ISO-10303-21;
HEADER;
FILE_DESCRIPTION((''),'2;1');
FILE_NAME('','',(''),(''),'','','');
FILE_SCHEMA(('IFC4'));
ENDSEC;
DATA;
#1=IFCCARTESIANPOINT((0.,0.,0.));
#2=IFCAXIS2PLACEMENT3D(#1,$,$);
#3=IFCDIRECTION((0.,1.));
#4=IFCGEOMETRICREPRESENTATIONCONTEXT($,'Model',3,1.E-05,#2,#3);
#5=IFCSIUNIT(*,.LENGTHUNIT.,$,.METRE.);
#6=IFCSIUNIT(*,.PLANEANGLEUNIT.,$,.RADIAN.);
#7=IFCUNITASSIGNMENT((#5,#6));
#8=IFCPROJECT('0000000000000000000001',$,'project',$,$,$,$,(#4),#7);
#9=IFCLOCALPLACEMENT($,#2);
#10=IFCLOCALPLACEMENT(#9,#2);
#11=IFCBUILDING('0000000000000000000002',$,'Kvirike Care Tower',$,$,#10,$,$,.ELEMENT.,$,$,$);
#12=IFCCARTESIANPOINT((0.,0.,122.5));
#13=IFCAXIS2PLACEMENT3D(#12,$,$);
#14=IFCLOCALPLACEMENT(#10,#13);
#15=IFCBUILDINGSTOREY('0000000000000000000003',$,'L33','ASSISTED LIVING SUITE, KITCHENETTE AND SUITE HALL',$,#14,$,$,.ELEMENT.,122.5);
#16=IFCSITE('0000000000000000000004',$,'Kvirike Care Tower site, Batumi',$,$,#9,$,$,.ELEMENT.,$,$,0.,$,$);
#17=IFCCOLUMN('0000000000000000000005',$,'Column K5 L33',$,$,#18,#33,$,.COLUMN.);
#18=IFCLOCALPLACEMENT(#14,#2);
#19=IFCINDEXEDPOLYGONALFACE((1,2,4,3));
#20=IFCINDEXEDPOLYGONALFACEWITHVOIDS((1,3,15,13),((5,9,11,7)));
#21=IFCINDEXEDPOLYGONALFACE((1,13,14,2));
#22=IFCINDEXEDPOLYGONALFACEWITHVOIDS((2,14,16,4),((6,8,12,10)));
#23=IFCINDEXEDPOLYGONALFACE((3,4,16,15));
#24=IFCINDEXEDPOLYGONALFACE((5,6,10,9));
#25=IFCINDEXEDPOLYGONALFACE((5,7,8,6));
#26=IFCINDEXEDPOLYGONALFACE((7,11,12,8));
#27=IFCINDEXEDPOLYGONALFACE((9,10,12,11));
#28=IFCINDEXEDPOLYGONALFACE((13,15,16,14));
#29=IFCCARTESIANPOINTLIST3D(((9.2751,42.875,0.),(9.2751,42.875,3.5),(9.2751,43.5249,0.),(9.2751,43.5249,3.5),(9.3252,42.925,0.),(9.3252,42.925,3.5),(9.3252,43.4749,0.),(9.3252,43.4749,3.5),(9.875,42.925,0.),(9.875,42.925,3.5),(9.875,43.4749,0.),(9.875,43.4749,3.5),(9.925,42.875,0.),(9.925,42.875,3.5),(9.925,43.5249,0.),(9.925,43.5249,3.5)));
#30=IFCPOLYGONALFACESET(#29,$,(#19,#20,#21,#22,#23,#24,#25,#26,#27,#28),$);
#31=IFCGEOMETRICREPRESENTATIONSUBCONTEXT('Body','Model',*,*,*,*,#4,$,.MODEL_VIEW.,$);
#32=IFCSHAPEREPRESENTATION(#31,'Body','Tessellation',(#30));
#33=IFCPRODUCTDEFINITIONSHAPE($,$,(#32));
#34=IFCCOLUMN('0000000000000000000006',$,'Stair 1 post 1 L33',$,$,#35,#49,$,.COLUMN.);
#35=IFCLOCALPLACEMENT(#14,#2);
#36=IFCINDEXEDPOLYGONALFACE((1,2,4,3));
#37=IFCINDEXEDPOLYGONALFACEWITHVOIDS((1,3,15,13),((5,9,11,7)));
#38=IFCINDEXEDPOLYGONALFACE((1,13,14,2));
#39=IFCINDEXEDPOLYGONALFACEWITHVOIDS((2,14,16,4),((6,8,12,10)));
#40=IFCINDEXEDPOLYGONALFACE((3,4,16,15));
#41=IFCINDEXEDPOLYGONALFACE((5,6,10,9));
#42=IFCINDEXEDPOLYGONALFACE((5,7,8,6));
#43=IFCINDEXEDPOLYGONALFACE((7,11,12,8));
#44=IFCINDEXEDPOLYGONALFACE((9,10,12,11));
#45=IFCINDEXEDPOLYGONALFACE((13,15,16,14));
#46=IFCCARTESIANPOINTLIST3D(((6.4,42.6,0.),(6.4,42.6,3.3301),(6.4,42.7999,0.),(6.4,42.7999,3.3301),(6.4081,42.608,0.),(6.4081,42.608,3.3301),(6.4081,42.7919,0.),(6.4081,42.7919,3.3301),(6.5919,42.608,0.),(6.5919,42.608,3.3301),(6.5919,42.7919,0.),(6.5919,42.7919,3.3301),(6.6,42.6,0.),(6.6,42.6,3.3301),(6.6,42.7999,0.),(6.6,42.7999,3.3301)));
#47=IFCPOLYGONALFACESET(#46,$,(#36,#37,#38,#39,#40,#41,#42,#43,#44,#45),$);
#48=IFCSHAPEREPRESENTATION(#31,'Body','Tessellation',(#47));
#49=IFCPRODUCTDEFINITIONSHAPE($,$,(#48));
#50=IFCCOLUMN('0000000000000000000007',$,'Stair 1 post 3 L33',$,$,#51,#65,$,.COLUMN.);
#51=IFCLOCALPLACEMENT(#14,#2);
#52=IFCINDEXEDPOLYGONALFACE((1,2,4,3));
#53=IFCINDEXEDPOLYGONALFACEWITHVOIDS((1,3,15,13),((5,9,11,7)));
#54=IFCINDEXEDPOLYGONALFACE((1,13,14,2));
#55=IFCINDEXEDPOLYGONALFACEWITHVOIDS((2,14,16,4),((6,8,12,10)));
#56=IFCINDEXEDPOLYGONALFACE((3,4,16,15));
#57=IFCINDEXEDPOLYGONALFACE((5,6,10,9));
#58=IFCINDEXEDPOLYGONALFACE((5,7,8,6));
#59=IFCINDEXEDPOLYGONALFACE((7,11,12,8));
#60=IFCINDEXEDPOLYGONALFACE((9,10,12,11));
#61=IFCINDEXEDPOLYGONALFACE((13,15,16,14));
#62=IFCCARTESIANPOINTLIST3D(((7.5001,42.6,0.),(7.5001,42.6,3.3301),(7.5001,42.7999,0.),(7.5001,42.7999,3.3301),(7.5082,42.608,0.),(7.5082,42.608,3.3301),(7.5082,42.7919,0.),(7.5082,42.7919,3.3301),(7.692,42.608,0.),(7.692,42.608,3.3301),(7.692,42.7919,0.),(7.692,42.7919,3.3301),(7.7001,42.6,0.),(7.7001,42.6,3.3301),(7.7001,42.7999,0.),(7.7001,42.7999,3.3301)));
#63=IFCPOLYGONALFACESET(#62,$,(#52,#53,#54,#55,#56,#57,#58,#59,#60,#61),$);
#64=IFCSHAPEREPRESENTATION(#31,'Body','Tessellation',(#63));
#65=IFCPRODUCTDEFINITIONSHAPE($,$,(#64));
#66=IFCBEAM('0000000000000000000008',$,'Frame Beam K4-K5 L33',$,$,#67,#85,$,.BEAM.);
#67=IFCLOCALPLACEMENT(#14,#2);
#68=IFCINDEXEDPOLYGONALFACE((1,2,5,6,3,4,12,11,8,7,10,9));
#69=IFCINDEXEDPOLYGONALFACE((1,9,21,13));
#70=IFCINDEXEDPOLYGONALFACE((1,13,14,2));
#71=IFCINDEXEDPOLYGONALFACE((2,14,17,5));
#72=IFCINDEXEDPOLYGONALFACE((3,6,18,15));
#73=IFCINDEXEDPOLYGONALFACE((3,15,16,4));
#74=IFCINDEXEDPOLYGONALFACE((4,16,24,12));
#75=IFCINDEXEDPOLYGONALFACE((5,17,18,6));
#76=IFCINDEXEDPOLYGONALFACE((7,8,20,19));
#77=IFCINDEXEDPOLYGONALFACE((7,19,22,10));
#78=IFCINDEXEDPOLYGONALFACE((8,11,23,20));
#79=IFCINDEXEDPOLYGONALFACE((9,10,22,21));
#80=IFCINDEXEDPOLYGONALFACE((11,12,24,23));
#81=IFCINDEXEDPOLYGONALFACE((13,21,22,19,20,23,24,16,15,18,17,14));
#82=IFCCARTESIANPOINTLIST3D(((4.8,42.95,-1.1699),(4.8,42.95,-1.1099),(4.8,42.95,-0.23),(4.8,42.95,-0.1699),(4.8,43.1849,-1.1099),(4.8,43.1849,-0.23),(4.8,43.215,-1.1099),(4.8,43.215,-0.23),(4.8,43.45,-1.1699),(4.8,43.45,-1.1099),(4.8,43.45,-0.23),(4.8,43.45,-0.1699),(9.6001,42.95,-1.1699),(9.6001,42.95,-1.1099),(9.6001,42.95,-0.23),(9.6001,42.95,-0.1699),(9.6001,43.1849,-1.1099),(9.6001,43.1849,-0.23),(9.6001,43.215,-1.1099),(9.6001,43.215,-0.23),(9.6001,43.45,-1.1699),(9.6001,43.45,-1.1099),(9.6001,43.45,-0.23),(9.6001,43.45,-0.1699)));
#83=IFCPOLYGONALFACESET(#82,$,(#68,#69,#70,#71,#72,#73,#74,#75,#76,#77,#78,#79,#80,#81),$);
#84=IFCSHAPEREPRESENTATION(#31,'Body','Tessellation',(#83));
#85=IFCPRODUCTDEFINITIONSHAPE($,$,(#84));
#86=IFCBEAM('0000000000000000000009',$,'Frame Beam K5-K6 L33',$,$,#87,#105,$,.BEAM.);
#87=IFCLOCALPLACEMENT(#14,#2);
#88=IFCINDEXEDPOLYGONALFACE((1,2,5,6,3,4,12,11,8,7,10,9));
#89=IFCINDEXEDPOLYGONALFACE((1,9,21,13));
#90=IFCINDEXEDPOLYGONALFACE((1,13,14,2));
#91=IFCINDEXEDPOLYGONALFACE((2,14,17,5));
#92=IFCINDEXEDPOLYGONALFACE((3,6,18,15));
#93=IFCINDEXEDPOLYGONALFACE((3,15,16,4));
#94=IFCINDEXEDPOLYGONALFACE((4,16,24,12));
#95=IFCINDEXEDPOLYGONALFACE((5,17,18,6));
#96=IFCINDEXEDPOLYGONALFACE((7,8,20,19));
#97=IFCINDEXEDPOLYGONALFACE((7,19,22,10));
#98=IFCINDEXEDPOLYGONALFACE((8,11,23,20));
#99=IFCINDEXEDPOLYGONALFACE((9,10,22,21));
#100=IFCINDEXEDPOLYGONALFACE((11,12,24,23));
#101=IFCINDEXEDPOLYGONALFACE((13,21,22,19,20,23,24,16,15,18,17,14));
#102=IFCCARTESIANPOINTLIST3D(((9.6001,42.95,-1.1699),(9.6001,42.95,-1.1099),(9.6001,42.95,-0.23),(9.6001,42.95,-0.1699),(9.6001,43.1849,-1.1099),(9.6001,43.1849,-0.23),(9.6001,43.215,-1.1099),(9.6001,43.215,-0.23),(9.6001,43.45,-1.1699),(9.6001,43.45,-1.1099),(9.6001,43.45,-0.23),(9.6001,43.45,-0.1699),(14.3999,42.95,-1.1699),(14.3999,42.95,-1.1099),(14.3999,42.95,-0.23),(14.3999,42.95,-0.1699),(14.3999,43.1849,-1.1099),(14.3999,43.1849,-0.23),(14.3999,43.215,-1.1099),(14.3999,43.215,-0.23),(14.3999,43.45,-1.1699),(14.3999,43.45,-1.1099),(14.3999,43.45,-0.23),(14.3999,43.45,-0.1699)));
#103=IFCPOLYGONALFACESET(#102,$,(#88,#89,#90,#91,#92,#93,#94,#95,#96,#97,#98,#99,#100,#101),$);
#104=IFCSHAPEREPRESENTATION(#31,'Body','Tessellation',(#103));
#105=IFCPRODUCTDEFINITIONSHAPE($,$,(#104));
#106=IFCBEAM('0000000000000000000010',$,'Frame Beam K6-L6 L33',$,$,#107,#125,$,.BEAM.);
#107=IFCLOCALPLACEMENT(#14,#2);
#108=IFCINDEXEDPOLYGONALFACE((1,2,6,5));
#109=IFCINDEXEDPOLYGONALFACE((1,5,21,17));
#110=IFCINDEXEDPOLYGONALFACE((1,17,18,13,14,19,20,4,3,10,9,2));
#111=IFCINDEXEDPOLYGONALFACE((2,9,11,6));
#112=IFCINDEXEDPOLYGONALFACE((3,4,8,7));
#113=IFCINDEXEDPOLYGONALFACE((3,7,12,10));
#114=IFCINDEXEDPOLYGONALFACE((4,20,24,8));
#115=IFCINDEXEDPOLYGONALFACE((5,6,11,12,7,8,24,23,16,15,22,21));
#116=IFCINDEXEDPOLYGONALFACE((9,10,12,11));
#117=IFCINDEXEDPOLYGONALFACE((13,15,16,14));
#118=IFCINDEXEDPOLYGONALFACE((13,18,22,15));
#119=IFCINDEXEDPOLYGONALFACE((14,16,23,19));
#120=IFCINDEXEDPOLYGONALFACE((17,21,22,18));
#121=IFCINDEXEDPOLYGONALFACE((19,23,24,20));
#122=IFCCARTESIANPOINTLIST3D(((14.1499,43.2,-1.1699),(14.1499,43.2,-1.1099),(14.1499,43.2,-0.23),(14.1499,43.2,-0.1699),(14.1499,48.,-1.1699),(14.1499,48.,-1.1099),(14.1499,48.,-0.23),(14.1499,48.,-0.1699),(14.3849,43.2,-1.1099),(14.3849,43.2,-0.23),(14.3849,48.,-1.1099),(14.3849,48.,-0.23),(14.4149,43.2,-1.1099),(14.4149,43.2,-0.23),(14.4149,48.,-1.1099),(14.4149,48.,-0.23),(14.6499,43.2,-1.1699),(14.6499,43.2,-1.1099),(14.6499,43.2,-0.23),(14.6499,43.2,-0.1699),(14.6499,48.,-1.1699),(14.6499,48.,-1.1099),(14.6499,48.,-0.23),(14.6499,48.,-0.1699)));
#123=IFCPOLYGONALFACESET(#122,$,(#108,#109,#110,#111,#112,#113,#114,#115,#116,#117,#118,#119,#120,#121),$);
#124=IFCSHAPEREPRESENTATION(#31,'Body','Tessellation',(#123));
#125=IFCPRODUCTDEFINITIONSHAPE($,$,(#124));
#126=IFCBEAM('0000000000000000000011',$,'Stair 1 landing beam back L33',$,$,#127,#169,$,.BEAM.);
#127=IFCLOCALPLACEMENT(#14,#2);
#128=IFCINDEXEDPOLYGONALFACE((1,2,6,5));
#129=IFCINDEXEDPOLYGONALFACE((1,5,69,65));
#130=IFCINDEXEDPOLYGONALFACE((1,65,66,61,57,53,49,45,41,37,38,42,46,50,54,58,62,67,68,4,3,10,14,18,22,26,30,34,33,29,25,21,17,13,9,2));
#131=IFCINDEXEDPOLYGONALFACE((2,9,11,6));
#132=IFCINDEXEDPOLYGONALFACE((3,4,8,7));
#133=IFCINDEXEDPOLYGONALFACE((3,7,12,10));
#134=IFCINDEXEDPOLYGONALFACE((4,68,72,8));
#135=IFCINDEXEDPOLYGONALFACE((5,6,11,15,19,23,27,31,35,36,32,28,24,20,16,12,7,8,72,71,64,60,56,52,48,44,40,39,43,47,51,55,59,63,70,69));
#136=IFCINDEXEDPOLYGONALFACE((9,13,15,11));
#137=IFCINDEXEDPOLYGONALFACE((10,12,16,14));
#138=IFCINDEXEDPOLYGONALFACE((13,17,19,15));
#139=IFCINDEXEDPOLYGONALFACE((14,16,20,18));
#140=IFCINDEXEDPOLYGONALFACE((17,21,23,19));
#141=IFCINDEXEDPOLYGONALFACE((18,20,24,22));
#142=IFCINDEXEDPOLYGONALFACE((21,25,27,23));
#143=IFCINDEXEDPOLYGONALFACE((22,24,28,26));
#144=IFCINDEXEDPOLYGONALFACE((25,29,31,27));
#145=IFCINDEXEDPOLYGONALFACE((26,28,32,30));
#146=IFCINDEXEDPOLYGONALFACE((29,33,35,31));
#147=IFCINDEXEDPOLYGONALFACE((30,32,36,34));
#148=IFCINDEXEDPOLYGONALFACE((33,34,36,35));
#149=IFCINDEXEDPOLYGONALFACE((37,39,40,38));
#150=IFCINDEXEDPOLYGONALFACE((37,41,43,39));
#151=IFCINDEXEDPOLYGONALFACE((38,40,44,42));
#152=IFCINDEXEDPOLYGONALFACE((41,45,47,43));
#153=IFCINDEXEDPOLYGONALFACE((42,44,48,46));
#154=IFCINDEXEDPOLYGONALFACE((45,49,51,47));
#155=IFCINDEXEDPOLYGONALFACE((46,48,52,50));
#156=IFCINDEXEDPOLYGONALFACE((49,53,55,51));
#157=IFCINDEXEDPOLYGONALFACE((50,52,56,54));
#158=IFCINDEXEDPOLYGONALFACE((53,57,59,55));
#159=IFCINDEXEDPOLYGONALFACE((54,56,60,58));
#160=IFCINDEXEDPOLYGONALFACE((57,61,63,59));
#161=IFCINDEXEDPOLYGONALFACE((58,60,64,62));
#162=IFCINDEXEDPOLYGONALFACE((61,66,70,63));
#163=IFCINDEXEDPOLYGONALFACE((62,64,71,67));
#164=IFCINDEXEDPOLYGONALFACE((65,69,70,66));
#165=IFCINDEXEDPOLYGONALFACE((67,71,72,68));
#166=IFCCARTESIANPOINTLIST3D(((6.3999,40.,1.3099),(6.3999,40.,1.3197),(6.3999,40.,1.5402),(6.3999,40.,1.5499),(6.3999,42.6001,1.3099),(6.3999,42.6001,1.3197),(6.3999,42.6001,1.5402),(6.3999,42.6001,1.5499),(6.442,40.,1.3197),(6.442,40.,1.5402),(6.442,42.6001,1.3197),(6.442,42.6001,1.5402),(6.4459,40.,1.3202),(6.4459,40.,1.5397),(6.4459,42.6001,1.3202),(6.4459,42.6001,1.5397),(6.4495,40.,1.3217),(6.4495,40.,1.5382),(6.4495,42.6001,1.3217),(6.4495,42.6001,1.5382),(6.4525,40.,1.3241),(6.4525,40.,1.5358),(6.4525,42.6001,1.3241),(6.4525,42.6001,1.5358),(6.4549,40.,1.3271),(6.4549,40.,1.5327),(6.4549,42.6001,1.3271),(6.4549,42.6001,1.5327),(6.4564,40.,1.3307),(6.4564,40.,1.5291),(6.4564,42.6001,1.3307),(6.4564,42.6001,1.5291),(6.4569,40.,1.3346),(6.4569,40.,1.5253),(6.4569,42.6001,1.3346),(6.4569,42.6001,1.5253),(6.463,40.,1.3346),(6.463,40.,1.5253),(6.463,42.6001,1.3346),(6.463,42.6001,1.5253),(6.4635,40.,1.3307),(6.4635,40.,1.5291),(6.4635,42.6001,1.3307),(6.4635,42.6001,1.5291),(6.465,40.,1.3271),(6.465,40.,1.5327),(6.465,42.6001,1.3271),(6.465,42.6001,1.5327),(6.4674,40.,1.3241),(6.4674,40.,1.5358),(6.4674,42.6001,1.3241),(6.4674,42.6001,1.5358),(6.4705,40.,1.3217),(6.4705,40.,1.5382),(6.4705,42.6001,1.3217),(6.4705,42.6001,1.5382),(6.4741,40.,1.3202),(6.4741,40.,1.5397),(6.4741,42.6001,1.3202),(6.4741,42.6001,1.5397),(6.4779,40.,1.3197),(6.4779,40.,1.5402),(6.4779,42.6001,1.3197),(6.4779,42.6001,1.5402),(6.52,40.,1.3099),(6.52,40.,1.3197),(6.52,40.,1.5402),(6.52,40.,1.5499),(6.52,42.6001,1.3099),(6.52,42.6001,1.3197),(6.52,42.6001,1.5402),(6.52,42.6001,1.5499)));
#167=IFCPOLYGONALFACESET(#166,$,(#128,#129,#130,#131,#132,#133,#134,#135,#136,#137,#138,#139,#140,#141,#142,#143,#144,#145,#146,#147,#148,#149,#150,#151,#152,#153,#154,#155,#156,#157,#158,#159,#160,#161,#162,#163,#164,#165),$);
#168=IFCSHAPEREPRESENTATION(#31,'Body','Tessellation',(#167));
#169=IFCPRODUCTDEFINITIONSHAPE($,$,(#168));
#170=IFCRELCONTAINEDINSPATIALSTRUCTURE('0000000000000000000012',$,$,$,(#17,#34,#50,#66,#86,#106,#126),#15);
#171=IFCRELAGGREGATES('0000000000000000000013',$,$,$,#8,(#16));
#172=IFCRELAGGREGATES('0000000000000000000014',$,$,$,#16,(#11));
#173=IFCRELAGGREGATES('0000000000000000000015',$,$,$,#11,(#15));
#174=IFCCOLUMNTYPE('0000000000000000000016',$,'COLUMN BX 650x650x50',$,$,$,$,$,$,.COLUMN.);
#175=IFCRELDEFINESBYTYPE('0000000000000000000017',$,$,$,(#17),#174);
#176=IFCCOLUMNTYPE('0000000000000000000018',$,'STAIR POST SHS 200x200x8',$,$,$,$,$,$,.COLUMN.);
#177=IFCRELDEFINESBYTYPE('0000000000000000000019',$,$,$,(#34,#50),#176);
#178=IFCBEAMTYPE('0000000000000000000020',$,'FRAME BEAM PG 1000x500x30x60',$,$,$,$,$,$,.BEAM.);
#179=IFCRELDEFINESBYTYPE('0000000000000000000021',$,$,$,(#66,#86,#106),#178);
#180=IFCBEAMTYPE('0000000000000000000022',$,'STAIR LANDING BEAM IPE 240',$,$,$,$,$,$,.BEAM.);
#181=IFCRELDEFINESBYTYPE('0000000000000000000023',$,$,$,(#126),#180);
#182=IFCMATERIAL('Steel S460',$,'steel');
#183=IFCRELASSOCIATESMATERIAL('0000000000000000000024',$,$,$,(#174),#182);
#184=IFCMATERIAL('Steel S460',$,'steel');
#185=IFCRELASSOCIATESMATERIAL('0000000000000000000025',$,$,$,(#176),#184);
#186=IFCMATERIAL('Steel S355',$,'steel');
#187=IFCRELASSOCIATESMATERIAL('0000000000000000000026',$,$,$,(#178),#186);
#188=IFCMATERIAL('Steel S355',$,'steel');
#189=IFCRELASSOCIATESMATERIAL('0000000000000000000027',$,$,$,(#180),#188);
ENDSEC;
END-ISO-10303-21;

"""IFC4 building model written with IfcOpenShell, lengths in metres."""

from ifc_helpers import new_model, si_unit, direction, frame, origin, origin_2d, place, context, subcontext, project, spatial, hollow_rectangle, i_section, extrude, material, material_profile, profile_set, type_object, element, save


model = new_model("IFC4")

# Units and contexts
model_context = context("Model", 3, precision=1e-05, world=origin(), true_north=direction((0.0, 1.0)))
body_context = subcontext(model_context, "Body", "Model", "MODEL_VIEW")
ifc_project = project(units=[si_unit("LENGTHUNIT", "METRE"), si_unit("PLANEANGLEUNIT", "RADIAN")], contexts=[model_context])

# Site, building, storey
site_placement = place(None, origin())
site = spatial("IfcSite", under=ifc_project, at=site_placement, Name="Kvirike Care Tower site, Batumi", CompositionType="ELEMENT", RefElevation=0.0)
building_placement = place(site_placement, origin())
building = spatial("IfcBuilding", under=site, at=building_placement, Name="Kvirike Care Tower", CompositionType="ELEMENT")
storey_placement = place(building_placement, frame((0.0, 0.0, 122.5)))
storey = spatial("IfcBuildingStorey", under=building, at=storey_placement, Name="L33", Description="ASSISTED LIVING SUITE, KITCHENETTE AND SUITE HALL", CompositionType="ELEMENT", Elevation=122.5)

# Columns
ifc_material_1 = material(Name="Steel S460", Category="steel")
ifc_material_profile_1 = material_profile(ifc_material_1, hollow_rectangle(XDim=0.6499, YDim=0.6499, WallThickness=0.05, at=origin_2d()), Name="BX 650x650x50")
ifc_profile_set_1 = profile_set([ifc_material_profile_1], Name="Steel S460")
column_type_1 = type_object("IfcColumnType", Name="COLUMN BX 650x650x50", PredefinedType="COLUMN", material=ifc_profile_set_1)
column_placement = place(storey_placement, frame((9.6001, 43.2, 0.0), z_axis=(0.0, 0.0, 1.0), x_axis=(0.0, 1.0, 0.0)))
element("IfcColumn", 1, at=column_placement, inside=storey, type_object=column_type_1, Name="Column K5 L33", PredefinedType="COLUMN", context=body_context, shape_type="SweptSolid", body=[
    extrude(hollow_rectangle(XDim=0.6499, YDim=0.6499, WallThickness=0.05, at=origin_2d()), origin(), (0.0, 0.0, 1.0), 3.5),
])
ifc_material_2 = material(Name="Steel S460", Category="steel")
ifc_material_profile_2 = material_profile(ifc_material_2, hollow_rectangle(XDim=0.2, YDim=0.2, WallThickness=0.0081, at=origin_2d()), Name="SHS 200x200x8")
ifc_profile_set_2 = profile_set([ifc_material_profile_2], Name="Steel S460")
column_type_2 = type_object("IfcColumnType", Name="STAIR POST SHS 200x200x8", PredefinedType="COLUMN", material=ifc_profile_set_2)
for number, where, z_axis, x_axis, name in (
    (2, (6.5, 42.7, 0.0), (0.0, 0.0, 1.0), (1.0, 0.0, 0.0), "Stair 1 post 1 L33"),
    (3, (7.6001, 42.7, 0.0), (0.0, 0.0, 1.0), (1.0, 0.0, 0.0), "Stair 1 post 3 L33"),
):
    element("IfcColumn", number, at=place(storey_placement, frame(where, z_axis=z_axis, x_axis=x_axis)), inside=storey, type_object=column_type_2, Name=name, PredefinedType="COLUMN", context=body_context, shape_type="SweptSolid", body=[
        extrude(hollow_rectangle(XDim=0.2, YDim=0.2, WallThickness=0.0081, at=origin_2d()), origin(), (0.0, 0.0, 1.0), 3.3301),
    ])

# Beams
ifc_material_3 = material(Name="Steel S355", Category="steel")
ifc_material_profile_3 = material_profile(ifc_material_3, i_section(OverallWidth=0.5, OverallDepth=1.0, WebThickness=0.03, FlangeThickness=0.0601, at=origin_2d()), Name="PG 1000x500x30x60")
ifc_profile_set_3 = profile_set([ifc_material_profile_3], Name="Steel S355")
beam_type_1 = type_object("IfcBeamType", Name="FRAME BEAM PG 1000x500x30x60", PredefinedType="BEAM", material=ifc_profile_set_3)
beam_1_placement = place(storey_placement, frame((4.8, 43.2, -0.6699), z_axis=(1.0, 0.0, 0.0), x_axis=(0.0, 1.0, 0.0)))
element("IfcBeam", 4, at=beam_1_placement, inside=storey, type_object=beam_type_1, Name="Frame Beam K4-K5 L33", PredefinedType="BEAM", context=body_context, shape_type="SweptSolid", body=[
    extrude(i_section(OverallWidth=0.5, OverallDepth=1.0, WebThickness=0.03, FlangeThickness=0.0601, at=origin_2d()), origin(), (0.0, 0.0, 1.0), 4.8),
])
beam_2_placement = place(storey_placement, frame((9.6001, 43.2, -0.6699), z_axis=(1.0, 0.0, 0.0), x_axis=(0.0, 1.0, 0.0)))
element("IfcBeam", 5, at=beam_2_placement, inside=storey, type_object=beam_type_1, Name="Frame Beam K5-K6 L33", PredefinedType="BEAM", context=body_context, shape_type="SweptSolid", body=[
    extrude(i_section(OverallWidth=0.5, OverallDepth=1.0, WebThickness=0.03, FlangeThickness=0.0601, at=origin_2d()), origin(), (0.0, 0.0, 1.0), 4.7998),
])
beam_3_placement = place(storey_placement, frame((14.3999, 43.2, -0.6699), z_axis=(0.0, 1.0, 0.0), x_axis=(-1.0, 0.0, 0.0)))
element("IfcBeam", 6, at=beam_3_placement, inside=storey, type_object=beam_type_1, Name="Frame Beam K6-L6 L33", PredefinedType="BEAM", context=body_context, shape_type="SweptSolid", body=[
    extrude(i_section(OverallWidth=0.5, OverallDepth=1.0, WebThickness=0.03, FlangeThickness=0.0601, at=origin_2d()), origin(), (0.0, 0.0, 1.0), 4.8),
])
ifc_material_4 = material(Name="Steel S355", Category="steel")
ifc_material_profile_4 = material_profile(ifc_material_4, i_section(OverallWidth=0.1201, OverallDepth=0.24, WebThickness=0.0061, FlangeThickness=0.0098, FilletRadius=0.0149, at=origin_2d()), Name="IPE 240")
ifc_profile_set_4 = profile_set([ifc_material_profile_4], Name="Steel S355")
beam_type_2 = type_object("IfcBeamType", Name="STAIR LANDING BEAM IPE 240", PredefinedType="BEAM", material=ifc_profile_set_4)
for number, where, z_axis, x_axis, name in (
    (7, (6.46, 42.6001, 1.4299), (0.0, -1.0, 0.0), (1.0, 0.0, 0.0), "Stair 1 landing beam back L33"),
):
    element("IfcBeam", number, at=place(storey_placement, frame(where, z_axis=z_axis, x_axis=x_axis)), inside=storey, type_object=beam_type_2, Name=name, PredefinedType="BEAM", context=body_context, shape_type="SweptSolid", body=[
        extrude(i_section(OverallWidth=0.1201, OverallDepth=0.24, WebThickness=0.0061, FlangeThickness=0.0098, FilletRadius=0.0149, at=origin_2d()), origin(), (0.0, 0.0, 1.0), 2.6001),
    ])

save(model, "model.ifc")
